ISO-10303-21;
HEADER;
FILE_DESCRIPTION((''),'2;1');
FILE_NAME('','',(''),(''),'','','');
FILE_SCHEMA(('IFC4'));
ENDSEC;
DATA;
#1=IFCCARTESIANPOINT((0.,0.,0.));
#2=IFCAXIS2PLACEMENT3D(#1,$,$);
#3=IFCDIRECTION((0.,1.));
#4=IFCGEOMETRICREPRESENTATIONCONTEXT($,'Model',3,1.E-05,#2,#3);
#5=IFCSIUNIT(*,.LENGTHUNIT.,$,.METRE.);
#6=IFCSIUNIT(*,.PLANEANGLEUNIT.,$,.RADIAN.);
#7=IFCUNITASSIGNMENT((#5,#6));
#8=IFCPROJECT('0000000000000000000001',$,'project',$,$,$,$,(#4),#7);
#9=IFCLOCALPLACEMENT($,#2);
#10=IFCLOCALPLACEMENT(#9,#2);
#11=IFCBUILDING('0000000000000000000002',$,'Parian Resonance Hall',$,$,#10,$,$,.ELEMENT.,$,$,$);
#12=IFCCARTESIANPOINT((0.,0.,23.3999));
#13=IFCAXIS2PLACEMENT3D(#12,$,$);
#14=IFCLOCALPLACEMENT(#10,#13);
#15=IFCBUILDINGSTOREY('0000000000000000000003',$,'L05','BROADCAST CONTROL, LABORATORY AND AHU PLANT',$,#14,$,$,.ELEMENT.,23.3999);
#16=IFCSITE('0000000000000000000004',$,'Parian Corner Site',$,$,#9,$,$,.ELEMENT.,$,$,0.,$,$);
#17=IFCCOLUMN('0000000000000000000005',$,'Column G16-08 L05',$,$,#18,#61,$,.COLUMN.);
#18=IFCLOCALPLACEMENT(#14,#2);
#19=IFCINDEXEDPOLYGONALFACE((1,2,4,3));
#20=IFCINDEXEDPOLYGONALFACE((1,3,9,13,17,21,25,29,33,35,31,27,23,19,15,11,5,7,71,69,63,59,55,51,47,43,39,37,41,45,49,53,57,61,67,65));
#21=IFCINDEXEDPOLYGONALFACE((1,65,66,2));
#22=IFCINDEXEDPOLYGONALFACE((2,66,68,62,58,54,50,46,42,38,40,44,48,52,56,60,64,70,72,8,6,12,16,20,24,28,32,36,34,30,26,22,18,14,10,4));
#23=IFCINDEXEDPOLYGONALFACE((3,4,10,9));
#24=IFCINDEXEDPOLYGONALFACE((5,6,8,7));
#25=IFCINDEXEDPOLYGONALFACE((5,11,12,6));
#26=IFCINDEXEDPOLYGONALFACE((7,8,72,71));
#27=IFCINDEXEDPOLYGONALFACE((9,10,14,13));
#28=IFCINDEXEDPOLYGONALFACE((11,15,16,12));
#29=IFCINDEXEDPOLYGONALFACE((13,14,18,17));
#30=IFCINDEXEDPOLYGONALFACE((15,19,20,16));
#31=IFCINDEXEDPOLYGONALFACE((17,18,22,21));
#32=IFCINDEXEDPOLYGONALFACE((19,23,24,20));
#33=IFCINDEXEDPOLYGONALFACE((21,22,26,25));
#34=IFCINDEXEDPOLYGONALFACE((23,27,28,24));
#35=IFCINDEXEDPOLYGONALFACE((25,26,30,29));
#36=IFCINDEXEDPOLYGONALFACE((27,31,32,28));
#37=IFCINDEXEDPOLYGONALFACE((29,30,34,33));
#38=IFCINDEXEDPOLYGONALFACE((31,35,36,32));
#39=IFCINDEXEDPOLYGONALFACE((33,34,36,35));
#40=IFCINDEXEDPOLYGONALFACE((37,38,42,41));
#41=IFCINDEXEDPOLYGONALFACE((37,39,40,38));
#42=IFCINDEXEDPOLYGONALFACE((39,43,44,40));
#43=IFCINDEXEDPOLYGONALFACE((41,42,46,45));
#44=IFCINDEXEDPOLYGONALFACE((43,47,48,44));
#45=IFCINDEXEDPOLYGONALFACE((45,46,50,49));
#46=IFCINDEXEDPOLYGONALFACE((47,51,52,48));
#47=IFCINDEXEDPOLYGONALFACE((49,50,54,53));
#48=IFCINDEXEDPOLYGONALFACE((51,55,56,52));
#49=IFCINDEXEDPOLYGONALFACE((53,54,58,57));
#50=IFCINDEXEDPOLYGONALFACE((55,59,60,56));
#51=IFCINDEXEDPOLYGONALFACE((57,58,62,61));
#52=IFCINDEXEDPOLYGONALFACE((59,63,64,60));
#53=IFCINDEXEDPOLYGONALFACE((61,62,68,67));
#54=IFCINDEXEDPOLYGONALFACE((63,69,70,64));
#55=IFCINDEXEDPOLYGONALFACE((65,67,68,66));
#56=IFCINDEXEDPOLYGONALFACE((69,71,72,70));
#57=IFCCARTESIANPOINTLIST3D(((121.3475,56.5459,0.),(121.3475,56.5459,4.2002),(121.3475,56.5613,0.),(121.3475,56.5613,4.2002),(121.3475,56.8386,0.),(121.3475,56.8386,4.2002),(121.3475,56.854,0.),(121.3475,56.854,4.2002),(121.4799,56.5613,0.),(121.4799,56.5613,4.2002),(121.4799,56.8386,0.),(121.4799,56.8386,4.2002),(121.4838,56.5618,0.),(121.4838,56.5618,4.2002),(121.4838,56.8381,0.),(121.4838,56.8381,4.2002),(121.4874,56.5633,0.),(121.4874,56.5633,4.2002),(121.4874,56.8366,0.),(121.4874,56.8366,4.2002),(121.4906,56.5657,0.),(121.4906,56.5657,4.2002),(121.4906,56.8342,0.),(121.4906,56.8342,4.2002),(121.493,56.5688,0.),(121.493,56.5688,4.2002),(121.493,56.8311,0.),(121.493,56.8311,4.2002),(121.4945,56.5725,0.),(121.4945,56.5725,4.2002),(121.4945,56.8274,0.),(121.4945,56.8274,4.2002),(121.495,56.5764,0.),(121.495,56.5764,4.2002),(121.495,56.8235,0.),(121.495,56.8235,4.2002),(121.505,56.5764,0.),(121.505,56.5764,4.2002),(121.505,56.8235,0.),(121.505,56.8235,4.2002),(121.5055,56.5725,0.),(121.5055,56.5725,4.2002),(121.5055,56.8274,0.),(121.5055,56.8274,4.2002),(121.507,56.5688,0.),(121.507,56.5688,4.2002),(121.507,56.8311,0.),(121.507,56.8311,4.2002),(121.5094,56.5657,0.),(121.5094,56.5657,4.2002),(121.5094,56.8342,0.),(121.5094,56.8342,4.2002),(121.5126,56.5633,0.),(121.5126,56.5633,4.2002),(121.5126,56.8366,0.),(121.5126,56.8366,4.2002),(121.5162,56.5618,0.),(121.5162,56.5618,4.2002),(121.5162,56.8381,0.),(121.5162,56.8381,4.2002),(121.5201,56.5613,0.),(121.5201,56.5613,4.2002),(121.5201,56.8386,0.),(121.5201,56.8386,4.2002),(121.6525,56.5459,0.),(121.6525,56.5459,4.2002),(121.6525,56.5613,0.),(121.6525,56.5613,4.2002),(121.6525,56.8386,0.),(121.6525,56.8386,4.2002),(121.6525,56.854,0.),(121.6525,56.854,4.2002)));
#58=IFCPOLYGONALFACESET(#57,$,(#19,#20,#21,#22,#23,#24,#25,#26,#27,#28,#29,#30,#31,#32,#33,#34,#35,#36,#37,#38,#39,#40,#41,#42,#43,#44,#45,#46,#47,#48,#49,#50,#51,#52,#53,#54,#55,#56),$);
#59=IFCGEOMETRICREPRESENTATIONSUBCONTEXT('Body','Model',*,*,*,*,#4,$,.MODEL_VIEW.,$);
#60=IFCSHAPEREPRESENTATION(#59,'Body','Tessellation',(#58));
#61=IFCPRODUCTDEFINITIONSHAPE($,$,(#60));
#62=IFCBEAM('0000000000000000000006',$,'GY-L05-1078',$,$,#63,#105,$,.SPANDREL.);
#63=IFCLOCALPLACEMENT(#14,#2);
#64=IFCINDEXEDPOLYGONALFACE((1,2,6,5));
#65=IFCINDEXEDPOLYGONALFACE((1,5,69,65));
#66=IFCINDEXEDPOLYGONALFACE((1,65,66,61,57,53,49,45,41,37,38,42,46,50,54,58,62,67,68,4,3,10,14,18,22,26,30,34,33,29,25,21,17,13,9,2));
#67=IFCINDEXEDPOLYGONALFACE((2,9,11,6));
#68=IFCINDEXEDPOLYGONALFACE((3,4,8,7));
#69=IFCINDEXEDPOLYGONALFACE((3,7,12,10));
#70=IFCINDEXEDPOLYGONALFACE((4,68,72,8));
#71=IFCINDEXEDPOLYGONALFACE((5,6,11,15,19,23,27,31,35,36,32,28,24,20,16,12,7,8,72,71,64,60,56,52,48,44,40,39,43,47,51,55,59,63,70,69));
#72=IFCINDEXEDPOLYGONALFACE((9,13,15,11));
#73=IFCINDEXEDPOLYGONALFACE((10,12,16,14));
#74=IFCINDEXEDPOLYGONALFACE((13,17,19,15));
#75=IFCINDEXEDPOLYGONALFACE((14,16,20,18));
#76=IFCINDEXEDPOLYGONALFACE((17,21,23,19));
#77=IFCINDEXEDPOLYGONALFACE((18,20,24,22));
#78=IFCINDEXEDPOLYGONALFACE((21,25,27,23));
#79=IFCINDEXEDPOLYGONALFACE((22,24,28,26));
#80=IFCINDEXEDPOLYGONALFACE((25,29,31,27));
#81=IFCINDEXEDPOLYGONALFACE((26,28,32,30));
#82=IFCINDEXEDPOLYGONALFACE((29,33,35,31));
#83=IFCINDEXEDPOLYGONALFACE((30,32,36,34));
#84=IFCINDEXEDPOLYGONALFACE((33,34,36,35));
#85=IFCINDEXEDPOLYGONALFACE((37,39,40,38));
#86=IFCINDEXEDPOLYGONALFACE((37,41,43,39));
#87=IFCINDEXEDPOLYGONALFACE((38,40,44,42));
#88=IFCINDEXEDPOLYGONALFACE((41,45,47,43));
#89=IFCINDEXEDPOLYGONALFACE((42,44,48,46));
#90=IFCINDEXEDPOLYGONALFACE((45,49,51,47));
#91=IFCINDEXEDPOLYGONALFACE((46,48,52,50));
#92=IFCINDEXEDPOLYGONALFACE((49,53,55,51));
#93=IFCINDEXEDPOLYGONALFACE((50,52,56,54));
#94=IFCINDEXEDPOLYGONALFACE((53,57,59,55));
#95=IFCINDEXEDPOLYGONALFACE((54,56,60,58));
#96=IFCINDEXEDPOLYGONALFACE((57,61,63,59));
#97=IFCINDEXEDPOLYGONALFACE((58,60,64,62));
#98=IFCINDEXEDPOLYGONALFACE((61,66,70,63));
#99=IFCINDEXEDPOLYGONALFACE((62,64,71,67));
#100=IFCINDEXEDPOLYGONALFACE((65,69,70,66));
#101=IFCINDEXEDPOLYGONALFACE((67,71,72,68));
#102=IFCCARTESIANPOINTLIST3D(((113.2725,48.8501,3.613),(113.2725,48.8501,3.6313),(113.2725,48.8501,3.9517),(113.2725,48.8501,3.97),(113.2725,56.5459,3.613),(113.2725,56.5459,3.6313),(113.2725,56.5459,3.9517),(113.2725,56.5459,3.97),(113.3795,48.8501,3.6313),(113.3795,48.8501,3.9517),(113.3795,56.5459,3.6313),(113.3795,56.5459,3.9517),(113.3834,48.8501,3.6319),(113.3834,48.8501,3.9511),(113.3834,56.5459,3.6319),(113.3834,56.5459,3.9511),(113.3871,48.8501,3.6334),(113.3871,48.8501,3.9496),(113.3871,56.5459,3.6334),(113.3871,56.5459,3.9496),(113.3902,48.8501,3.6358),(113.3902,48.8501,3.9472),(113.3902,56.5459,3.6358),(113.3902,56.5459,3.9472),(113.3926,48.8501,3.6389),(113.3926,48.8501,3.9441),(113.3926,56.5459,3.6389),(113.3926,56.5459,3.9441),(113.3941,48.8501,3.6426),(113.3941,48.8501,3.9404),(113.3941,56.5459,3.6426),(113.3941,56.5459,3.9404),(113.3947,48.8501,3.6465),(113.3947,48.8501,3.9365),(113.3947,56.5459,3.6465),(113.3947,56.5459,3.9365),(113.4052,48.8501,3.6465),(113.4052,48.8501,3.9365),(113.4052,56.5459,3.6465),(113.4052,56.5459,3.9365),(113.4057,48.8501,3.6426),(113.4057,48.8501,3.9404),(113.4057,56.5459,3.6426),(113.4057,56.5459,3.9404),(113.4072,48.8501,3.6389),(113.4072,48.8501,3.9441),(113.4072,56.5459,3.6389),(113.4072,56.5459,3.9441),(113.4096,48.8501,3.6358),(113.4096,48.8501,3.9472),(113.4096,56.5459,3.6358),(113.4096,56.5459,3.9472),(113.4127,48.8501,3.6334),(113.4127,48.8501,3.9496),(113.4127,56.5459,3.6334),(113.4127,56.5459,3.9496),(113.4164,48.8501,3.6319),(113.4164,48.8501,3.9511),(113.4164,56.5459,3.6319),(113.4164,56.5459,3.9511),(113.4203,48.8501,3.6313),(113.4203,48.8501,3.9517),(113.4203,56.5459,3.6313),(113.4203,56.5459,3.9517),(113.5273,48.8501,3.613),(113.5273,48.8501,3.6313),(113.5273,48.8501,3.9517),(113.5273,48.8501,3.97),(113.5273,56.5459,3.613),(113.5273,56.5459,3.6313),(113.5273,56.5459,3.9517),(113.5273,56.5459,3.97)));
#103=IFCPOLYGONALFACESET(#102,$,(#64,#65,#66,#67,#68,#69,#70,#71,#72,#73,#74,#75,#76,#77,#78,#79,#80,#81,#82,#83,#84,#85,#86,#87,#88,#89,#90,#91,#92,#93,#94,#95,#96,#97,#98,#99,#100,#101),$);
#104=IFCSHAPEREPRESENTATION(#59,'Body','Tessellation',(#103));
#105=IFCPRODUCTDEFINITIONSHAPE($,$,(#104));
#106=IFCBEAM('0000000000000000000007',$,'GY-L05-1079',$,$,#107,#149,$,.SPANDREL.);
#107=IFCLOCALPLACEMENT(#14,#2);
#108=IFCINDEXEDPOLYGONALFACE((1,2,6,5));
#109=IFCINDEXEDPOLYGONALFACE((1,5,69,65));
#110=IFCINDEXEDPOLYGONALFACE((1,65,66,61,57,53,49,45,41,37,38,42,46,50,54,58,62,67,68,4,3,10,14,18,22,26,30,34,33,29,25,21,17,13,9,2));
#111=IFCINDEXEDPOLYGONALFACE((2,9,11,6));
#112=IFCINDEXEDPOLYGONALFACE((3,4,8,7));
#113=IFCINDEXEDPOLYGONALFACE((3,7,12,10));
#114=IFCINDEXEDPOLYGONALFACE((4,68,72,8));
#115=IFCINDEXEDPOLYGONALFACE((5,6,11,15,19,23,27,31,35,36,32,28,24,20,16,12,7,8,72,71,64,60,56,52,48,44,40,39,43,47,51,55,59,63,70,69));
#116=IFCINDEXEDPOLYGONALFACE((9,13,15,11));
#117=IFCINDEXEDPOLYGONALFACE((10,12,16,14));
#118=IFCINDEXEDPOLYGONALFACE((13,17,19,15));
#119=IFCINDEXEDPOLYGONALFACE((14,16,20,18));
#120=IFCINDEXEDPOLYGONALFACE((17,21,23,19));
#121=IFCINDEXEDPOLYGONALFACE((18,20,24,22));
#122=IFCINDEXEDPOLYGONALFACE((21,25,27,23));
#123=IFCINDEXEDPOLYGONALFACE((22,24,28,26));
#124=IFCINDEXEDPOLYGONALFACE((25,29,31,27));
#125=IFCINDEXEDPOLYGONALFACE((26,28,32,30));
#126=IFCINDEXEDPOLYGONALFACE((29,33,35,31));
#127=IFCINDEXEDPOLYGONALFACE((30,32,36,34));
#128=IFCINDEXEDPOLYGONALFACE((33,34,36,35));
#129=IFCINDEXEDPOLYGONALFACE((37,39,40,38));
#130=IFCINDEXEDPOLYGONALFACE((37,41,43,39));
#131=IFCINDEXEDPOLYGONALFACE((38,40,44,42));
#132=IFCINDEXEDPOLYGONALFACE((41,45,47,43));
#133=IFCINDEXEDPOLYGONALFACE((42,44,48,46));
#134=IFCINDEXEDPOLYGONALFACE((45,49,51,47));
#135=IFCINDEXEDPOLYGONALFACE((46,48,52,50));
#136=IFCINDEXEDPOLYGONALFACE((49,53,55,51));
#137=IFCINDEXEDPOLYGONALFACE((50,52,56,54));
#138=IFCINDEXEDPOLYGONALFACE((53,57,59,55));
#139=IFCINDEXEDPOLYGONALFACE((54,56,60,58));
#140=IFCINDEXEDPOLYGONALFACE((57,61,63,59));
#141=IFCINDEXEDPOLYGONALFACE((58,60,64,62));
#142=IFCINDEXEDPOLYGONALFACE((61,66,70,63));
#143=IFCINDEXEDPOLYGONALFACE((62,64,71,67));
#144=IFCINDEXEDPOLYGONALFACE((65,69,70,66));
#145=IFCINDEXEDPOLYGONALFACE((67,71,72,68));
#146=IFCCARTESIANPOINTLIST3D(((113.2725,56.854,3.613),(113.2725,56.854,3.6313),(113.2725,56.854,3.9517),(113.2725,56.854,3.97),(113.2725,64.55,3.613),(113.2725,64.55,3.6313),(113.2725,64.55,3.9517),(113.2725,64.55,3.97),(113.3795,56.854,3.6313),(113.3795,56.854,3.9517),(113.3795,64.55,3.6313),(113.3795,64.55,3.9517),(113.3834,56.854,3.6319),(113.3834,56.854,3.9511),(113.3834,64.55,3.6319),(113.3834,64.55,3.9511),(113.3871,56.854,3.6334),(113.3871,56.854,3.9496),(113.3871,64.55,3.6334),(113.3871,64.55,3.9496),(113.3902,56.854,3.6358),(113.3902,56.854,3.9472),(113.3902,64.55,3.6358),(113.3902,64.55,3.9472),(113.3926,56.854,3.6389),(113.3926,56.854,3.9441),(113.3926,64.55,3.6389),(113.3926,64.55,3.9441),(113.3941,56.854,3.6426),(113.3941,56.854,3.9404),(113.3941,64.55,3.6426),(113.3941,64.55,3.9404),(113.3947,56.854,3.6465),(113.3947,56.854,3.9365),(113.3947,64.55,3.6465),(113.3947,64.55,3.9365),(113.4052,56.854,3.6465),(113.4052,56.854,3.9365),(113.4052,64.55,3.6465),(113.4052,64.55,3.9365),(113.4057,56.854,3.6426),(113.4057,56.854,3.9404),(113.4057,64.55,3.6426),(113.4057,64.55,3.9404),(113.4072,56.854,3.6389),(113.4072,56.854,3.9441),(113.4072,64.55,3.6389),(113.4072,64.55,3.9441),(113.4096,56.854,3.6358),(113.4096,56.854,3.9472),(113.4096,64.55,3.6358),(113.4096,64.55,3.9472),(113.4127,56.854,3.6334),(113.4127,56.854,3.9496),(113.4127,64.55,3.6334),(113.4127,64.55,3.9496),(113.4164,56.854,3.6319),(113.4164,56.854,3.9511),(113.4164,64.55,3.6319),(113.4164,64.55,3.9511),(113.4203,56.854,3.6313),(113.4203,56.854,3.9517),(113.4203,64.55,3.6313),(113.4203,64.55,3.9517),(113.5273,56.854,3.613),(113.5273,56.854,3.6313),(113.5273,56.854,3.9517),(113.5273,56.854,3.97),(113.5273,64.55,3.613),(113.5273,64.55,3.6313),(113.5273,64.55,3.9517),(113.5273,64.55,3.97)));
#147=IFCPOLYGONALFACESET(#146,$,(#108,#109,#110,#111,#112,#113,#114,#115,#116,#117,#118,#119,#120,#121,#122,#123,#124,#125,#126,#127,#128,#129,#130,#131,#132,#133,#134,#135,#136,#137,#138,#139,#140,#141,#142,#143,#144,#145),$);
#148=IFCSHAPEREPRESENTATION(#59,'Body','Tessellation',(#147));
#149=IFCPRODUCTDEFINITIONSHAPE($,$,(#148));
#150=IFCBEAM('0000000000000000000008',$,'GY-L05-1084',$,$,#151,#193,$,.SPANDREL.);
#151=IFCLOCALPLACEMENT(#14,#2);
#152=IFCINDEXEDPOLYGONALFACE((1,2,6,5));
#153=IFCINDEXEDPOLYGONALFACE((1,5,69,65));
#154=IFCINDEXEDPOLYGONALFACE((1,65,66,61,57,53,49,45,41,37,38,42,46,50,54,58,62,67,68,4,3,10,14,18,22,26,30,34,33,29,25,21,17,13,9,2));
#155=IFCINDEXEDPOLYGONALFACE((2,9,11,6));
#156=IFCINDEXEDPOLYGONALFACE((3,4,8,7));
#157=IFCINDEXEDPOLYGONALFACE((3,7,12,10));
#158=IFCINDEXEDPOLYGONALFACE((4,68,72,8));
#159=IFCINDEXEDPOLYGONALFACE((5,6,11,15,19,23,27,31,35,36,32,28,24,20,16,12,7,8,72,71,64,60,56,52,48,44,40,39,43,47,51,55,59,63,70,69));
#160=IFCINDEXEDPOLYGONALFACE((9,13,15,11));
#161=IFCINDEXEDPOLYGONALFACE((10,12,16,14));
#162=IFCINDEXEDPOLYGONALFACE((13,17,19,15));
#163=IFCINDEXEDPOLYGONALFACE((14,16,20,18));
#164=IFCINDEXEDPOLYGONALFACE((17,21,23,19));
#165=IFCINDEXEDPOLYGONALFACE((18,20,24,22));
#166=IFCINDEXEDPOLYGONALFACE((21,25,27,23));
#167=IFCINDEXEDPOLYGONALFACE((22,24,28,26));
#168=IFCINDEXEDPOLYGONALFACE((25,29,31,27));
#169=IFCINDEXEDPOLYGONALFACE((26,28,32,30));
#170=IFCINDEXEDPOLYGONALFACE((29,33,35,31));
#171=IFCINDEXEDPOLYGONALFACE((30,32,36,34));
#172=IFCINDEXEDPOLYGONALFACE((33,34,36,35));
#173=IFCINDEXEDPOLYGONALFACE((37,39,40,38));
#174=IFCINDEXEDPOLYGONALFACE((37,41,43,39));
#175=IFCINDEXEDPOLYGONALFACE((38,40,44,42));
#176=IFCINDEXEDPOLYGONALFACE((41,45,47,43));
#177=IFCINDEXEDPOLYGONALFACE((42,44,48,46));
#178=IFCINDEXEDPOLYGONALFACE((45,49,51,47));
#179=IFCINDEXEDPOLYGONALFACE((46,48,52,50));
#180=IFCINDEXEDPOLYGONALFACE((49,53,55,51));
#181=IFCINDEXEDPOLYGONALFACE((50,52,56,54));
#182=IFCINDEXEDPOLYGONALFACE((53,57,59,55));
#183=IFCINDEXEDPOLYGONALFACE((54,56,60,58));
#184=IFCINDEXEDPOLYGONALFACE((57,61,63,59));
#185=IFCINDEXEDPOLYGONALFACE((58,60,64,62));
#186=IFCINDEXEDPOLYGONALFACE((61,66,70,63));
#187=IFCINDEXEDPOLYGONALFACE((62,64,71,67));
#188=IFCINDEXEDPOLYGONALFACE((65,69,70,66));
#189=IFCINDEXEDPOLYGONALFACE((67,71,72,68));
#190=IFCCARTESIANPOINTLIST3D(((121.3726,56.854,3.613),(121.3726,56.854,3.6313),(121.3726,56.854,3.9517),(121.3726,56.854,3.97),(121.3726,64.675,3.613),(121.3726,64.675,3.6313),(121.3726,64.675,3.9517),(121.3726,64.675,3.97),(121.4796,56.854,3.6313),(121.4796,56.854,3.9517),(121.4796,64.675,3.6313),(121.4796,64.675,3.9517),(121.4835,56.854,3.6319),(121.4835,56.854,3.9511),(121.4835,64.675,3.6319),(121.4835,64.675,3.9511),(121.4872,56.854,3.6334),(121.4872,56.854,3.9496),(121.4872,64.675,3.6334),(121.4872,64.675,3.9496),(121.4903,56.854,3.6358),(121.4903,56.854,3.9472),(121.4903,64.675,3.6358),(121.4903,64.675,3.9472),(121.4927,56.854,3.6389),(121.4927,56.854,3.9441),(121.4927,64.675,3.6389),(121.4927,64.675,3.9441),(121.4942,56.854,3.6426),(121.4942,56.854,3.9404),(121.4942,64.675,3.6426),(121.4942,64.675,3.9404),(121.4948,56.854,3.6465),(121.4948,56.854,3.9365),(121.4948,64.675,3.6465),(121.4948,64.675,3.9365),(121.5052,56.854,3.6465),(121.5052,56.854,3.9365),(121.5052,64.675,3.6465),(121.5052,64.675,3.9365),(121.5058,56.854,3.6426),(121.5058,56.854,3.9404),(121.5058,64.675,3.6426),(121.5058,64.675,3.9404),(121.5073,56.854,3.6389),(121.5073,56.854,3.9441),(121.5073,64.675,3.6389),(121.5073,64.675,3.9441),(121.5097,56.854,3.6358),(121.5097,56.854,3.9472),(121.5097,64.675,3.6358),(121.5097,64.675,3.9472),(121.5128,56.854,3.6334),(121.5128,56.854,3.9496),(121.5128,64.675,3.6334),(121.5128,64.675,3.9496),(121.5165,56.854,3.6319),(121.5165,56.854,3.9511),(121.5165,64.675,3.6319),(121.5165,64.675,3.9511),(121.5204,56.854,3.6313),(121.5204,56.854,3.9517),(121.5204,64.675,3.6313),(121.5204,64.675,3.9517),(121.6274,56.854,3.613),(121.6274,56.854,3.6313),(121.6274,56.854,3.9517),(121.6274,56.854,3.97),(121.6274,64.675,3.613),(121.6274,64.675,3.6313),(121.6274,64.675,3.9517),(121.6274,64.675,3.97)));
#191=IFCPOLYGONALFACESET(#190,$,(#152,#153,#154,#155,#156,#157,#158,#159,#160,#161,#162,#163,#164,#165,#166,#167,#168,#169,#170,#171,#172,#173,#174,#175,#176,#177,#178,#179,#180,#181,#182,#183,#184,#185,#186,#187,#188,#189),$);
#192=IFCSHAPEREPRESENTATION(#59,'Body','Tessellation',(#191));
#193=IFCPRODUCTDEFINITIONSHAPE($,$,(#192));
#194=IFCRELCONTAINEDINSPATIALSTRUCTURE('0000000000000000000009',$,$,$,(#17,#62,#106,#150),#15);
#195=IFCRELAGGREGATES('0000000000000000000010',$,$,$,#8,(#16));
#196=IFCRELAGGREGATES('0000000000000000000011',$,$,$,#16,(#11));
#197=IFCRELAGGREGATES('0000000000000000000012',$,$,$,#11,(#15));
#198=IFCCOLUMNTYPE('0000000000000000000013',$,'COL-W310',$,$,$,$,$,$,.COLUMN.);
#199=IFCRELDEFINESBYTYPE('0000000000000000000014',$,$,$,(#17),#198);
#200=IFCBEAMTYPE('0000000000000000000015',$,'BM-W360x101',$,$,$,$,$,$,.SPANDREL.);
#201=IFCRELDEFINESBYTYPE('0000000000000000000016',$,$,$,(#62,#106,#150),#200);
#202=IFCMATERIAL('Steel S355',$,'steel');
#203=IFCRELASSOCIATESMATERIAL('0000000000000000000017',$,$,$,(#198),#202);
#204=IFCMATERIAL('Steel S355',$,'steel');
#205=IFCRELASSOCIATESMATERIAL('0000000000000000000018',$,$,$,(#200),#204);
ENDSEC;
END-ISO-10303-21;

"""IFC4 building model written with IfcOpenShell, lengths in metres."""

from ifc_helpers import new_model, si_unit, direction, frame, origin, origin_2d, place, context, subcontext, project, spatial, i_section, extrude, material, material_profile, profile_set, type_object, element, save


model = new_model("IFC4")

# Units and contexts
model_context = context("Model", 3, precision=1e-05, world=origin(), true_north=direction((0.0, 1.0)))
body_context = subcontext(model_context, "Body", "Model", "MODEL_VIEW")
ifc_project = project(units=[si_unit("LENGTHUNIT", "METRE"), si_unit("PLANEANGLEUNIT", "RADIAN")], contexts=[model_context])

# Site, building, storey
site_placement = place(None, origin())
site = spatial("IfcSite", under=ifc_project, at=site_placement, Name="Parian Corner Site", CompositionType="ELEMENT", RefElevation=0.0)
building_placement = place(site_placement, origin())
building = spatial("IfcBuilding", under=site, at=building_placement, Name="Parian Resonance Hall", CompositionType="ELEMENT")
storey_placement = place(building_placement, frame((0.0, 0.0, 23.3999)))
storey = spatial("IfcBuildingStorey", under=building, at=storey_placement, Name="L05", Description="BROADCAST CONTROL, LABORATORY AND AHU PLANT", CompositionType="ELEMENT", Elevation=23.3999)

# Column
ifc_material_1 = material(Name="Steel S355", Category="steel")
ifc_material_profile_1 = material_profile(ifc_material_1, i_section(OverallWidth=0.3049, OverallDepth=0.3081, WebThickness=0.01, FlangeThickness=0.0154, FilletRadius=0.0151, at=origin_2d()), Name="W310x97")
ifc_profile_set_1 = profile_set([ifc_material_profile_1], Name="Steel S355")
column_type_1 = type_object("IfcColumnType", Name="COL-W310", PredefinedType="COLUMN", material=ifc_profile_set_1)
for number, where, z_axis, x_axis, name in (
    (1, (121.5, 56.7, 0.0), (0.0, 0.0, 1.0), (1.0, 0.0, 0.0), "Column G16-08 L05"),
):
    element("IfcColumn", number, at=place(storey_placement, frame(where, z_axis=z_axis, x_axis=x_axis)), inside=storey, type_object=column_type_1, Name=name, PredefinedType="COLUMN", context=body_context, shape_type="SweptSolid", body=[
        extrude(i_section(OverallWidth=0.3049, OverallDepth=0.3081, WebThickness=0.01, FlangeThickness=0.0154, FilletRadius=0.0151, at=origin_2d()), origin(), (0.0, 0.0, 1.0), 4.2002),
    ])

# Beams
ifc_material_2 = material(Name="Steel S355", Category="steel")
ifc_material_profile_2 = material_profile(ifc_material_2, i_section(OverallWidth=0.2549, OverallDepth=0.3569, WebThickness=0.0105, FlangeThickness=0.0183, FilletRadius=0.0151, at=origin_2d()), Name="W360x101")
ifc_profile_set_2 = profile_set([ifc_material_profile_2], Name="Steel S355")
beam_type_1 = type_object("IfcBeamType", Name="BM-W360x101", PredefinedType="SPANDREL", material=ifc_profile_set_2)
beam_1_placement = place(storey_placement, frame((113.3999, 48.8501, 3.7915), z_axis=(0.0, 1.0, 0.0), x_axis=(-1.0, 0.0, 0.0)))
element("IfcBeam", 2, at=beam_1_placement, inside=storey, type_object=beam_type_1, Name="GY-L05-1078", PredefinedType="SPANDREL", context=body_context, shape_type="SweptSolid", body=[
    extrude(i_section(OverallWidth=0.2549, OverallDepth=0.3569, WebThickness=0.0105, FlangeThickness=0.0183, FilletRadius=0.0151, at=origin_2d()), origin(), (0.0, 0.0, 1.0), 7.6958),
])
beam_2_placement = place(storey_placement, frame((113.3999, 56.854, 3.7915), z_axis=(0.0, 1.0, 0.0), x_axis=(-1.0, 0.0, 0.0)))
element("IfcBeam", 3, at=beam_2_placement, inside=storey, type_object=beam_type_1, Name="GY-L05-1079", PredefinedType="SPANDREL", context=body_context, shape_type="SweptSolid", body=[
    extrude(i_section(OverallWidth=0.2549, OverallDepth=0.3569, WebThickness=0.0105, FlangeThickness=0.0183, FilletRadius=0.0151, at=origin_2d()), origin(), (0.0, 0.0, 1.0), 7.696),
])
beam_3_placement = place(storey_placement, frame((121.5, 56.854, 3.7915), z_axis=(0.0, 1.0, 0.0), x_axis=(-1.0, 0.0, 0.0)))
element("IfcBeam", 4, at=beam_3_placement, inside=storey, type_object=beam_type_1, Name="GY-L05-1084", PredefinedType="SPANDREL", context=body_context, shape_type="SweptSolid", body=[
    extrude(i_section(OverallWidth=0.2549, OverallDepth=0.3569, WebThickness=0.0105, FlangeThickness=0.0183, FilletRadius=0.0151, at=origin_2d()), origin(), (0.0, 0.0, 1.0), 7.821),
])

save(model, "model.ifc")
